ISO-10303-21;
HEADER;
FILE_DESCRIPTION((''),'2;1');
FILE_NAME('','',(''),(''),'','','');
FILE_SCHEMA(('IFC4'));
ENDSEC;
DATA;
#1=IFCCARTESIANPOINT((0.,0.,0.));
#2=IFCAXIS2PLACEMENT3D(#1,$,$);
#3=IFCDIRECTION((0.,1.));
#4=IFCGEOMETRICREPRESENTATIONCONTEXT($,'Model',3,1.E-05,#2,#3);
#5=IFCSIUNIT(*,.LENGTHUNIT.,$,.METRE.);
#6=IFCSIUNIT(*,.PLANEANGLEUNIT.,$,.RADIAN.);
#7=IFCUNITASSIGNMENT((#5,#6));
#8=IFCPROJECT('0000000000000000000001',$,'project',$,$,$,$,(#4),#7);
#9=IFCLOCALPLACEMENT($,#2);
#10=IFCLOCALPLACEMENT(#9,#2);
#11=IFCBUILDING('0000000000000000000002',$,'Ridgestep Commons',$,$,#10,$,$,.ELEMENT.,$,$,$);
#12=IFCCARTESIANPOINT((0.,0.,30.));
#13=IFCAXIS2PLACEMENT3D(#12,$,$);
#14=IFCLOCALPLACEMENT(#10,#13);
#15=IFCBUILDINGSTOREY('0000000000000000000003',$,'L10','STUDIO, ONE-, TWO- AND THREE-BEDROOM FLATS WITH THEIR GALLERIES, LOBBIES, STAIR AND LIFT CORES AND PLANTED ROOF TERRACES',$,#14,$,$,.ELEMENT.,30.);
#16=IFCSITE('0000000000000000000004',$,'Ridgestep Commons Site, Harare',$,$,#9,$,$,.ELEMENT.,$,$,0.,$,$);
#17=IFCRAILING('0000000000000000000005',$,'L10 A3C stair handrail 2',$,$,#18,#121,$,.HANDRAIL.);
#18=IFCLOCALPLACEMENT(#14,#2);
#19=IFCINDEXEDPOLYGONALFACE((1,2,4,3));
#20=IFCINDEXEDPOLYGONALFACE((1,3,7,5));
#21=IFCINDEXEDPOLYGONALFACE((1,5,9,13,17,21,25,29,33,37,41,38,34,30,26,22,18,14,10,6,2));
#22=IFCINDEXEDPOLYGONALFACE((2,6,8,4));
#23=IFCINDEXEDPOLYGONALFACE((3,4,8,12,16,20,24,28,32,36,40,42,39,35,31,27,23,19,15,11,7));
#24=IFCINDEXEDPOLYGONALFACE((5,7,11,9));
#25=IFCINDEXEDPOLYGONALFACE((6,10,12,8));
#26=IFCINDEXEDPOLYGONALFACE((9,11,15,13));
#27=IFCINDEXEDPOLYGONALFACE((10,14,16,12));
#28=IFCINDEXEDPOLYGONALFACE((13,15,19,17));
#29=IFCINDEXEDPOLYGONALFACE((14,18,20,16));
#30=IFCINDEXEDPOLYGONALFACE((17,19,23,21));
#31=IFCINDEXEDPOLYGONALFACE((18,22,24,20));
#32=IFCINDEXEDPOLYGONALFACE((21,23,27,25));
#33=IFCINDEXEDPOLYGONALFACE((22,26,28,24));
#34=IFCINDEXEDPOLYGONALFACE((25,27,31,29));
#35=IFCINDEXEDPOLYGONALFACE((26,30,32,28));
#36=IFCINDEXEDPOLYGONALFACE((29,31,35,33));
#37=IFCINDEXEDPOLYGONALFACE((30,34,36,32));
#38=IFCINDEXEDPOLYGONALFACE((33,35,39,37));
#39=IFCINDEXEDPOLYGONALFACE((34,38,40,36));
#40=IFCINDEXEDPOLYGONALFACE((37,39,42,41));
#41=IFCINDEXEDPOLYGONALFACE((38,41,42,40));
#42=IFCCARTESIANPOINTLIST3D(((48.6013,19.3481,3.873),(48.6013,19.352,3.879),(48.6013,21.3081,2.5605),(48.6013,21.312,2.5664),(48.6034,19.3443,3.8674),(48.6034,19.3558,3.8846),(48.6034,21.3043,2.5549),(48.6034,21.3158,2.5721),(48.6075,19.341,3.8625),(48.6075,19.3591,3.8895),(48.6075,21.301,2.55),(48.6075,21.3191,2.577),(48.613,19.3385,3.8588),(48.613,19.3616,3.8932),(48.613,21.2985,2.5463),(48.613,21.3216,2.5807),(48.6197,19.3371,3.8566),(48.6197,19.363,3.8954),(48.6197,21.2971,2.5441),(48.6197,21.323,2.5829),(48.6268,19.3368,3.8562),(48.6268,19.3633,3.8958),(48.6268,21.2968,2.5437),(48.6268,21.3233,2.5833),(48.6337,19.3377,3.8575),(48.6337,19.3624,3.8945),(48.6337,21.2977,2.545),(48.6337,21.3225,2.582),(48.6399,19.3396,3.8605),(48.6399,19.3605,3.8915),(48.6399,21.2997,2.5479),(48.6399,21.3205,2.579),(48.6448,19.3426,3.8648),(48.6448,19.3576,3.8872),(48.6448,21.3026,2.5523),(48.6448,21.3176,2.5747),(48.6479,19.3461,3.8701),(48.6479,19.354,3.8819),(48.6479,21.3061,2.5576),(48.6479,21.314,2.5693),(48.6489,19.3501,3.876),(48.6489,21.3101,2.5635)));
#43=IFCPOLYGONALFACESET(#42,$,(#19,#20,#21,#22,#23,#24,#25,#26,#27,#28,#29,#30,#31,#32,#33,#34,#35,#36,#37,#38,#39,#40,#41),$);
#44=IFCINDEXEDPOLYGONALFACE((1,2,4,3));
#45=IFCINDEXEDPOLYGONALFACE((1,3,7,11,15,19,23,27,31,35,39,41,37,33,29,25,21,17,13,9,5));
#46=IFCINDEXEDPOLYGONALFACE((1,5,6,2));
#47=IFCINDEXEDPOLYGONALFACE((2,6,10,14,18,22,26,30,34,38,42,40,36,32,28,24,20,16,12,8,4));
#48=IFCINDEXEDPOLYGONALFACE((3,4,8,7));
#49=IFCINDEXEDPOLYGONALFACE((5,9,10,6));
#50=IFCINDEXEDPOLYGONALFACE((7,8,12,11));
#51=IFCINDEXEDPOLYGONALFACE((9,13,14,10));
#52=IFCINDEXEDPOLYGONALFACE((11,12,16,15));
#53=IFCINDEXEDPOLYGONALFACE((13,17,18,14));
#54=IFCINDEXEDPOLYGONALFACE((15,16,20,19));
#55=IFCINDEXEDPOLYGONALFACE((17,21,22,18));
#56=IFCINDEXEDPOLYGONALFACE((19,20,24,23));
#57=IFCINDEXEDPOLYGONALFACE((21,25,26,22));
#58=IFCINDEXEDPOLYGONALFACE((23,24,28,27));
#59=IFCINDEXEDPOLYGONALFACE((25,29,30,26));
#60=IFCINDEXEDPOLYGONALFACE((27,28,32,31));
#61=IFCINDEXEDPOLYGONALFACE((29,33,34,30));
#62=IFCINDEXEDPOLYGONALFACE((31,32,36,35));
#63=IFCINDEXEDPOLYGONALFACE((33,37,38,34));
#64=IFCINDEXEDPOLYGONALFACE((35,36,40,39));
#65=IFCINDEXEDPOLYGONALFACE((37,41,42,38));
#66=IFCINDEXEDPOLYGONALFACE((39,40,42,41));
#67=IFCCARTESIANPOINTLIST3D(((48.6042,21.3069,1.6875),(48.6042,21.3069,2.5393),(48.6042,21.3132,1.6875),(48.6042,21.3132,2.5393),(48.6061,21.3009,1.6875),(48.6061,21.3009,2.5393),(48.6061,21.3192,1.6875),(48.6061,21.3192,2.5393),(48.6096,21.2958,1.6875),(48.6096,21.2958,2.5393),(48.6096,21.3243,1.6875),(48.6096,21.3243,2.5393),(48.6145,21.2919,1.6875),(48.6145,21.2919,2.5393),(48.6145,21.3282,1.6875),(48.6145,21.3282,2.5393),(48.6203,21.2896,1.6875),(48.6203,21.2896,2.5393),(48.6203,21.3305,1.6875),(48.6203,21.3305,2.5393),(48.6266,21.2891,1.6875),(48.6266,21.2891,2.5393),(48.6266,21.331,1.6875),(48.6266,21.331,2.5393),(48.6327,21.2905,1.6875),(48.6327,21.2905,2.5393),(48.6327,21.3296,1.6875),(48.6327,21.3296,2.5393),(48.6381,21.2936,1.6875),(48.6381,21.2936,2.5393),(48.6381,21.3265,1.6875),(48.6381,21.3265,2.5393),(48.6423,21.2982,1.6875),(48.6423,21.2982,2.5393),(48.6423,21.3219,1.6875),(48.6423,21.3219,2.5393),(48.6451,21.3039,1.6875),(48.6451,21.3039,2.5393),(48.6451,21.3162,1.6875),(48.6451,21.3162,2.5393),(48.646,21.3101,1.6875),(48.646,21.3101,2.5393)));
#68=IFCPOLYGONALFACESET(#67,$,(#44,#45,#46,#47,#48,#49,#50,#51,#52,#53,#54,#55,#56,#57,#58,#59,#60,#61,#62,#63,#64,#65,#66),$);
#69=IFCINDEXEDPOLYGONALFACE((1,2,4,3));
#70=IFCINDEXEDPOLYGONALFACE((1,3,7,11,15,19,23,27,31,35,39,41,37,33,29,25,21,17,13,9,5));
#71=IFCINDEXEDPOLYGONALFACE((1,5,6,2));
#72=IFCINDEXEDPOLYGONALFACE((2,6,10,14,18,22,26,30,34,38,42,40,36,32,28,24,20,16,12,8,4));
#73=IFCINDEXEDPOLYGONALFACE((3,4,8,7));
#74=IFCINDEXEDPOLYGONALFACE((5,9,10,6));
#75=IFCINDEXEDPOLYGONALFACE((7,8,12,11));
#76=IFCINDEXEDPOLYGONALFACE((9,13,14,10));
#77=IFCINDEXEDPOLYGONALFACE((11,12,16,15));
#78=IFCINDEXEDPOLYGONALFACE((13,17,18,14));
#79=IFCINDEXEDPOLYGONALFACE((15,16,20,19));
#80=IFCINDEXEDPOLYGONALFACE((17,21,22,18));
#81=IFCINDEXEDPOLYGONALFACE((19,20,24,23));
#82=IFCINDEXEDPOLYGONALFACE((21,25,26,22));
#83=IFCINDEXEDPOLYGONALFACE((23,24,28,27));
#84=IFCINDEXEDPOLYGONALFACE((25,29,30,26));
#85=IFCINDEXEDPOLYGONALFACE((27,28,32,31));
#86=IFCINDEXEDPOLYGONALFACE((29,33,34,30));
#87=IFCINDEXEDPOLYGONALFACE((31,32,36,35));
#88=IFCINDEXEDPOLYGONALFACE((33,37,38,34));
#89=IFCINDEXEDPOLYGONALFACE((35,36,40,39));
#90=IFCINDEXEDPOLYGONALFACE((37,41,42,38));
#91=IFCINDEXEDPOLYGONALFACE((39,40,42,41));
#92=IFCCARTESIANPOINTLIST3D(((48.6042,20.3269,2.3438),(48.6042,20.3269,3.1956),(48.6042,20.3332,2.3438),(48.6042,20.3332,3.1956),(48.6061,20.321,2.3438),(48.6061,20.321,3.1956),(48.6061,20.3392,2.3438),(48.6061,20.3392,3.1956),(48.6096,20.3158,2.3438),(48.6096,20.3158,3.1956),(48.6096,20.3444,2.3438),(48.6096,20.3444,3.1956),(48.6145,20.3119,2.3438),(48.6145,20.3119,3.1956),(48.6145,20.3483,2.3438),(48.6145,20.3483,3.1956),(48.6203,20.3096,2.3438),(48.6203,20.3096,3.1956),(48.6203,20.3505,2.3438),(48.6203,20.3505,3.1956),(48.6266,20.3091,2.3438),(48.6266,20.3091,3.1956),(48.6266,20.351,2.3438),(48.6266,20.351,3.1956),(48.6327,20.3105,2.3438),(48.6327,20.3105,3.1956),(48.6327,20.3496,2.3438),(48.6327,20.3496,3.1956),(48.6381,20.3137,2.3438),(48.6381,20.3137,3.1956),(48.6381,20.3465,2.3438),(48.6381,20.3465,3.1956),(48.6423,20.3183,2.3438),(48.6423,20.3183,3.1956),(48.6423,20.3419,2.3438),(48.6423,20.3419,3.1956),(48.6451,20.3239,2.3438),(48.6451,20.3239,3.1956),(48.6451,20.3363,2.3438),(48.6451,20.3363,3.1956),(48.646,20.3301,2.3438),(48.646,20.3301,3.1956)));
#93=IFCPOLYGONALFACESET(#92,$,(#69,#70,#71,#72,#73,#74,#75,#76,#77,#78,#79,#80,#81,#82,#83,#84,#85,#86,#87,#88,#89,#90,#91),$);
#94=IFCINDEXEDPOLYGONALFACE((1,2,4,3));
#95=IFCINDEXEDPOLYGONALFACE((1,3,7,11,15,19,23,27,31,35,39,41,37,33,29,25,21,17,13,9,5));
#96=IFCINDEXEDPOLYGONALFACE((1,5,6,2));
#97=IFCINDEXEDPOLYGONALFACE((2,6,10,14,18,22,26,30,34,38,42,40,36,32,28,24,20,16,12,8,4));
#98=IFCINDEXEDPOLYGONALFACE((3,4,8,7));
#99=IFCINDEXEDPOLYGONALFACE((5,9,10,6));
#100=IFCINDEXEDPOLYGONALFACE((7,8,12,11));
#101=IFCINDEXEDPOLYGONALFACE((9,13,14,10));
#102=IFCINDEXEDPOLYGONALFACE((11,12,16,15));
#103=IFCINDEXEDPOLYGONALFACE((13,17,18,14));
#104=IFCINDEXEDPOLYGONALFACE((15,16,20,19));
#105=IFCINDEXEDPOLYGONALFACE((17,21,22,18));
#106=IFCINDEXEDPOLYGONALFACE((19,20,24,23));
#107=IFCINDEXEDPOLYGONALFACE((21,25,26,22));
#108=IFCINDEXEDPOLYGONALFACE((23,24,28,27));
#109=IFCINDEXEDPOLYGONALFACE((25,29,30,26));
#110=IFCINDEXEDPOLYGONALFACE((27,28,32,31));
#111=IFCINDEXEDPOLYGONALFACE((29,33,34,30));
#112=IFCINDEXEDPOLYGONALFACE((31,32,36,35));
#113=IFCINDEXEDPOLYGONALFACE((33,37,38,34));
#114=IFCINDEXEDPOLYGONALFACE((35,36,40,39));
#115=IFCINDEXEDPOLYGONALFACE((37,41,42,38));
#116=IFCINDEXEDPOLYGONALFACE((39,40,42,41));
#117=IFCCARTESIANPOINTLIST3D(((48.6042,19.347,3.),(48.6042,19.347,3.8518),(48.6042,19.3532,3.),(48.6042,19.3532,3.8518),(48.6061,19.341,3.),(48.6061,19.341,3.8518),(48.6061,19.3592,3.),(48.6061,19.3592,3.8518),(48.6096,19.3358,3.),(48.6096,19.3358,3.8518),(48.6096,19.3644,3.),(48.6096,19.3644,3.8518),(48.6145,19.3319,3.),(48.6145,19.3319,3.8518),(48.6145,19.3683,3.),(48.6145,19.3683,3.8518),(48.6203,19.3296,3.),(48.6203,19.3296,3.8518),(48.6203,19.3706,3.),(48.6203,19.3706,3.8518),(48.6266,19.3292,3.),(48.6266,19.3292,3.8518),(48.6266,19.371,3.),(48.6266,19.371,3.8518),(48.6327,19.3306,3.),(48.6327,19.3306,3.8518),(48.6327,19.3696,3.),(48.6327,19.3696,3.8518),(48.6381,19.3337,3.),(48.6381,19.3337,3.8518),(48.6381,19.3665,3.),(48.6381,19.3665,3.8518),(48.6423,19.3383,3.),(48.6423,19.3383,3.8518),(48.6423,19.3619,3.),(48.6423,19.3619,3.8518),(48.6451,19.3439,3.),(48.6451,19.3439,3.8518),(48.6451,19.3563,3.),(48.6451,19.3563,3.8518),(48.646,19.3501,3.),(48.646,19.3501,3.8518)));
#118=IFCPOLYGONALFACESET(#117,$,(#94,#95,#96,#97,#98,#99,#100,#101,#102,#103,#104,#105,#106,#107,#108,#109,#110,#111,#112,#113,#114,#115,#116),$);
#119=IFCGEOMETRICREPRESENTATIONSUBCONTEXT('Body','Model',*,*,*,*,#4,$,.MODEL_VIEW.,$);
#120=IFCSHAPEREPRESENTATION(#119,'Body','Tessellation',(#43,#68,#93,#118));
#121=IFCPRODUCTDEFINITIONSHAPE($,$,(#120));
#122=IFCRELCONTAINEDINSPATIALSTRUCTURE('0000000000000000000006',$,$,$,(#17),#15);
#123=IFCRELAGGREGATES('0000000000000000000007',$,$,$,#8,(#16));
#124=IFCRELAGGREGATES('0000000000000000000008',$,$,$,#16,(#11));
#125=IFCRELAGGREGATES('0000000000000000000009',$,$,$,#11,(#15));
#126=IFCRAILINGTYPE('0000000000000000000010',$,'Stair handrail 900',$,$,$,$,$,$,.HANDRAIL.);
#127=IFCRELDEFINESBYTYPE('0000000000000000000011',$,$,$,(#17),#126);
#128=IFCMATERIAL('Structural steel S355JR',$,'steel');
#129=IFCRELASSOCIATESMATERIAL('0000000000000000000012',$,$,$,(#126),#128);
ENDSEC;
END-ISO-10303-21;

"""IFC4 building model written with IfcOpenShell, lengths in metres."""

from ifc_helpers import new_model, si_unit, direction, frame, origin, origin_2d, place, context, subcontext, project, spatial, circle, extrude, material, type_object, element, save


model = new_model("IFC4")

# Units and contexts
model_context = context("Model", 3, precision=1e-05, world=origin(), true_north=direction((0.0, 1.0)))
body_context = subcontext(model_context, "Body", "Model", "MODEL_VIEW")
ifc_project = project(units=[si_unit("LENGTHUNIT", "METRE"), si_unit("PLANEANGLEUNIT", "RADIAN")], contexts=[model_context])

# Site, building, storey
site_placement = place(None, origin())
site = spatial("IfcSite", under=ifc_project, at=site_placement, Name="Ridgestep Commons Site, Harare", CompositionType="ELEMENT", RefElevation=0.0)
building_placement = place(site_placement, origin())
building = spatial("IfcBuilding", under=site, at=building_placement, Name="Ridgestep Commons", CompositionType="ELEMENT")
storey_placement = place(building_placement, frame((0.0, 0.0, 30.0)))
storey = spatial("IfcBuildingStorey", under=building, at=storey_placement, Name="L10", Description="STUDIO, ONE-, TWO- AND THREE-BEDROOM FLATS WITH THEIR GALLERIES, LOBBIES, STAIR AND LIFT CORES AND PLANTED ROOF TERRACES", CompositionType="ELEMENT", Elevation=30.0)

# Railing
ifc_material_1 = material(Name="Structural steel S355JR", Category="steel")
railing_type_1 = type_object("IfcRailingType", Name="Stair handrail 900", PredefinedType="HANDRAIL", material=ifc_material_1)
railing_1_placement = place(storey_placement, frame((48.625, 21.3101, 1.6875)))
element("IfcRailing", 1, at=railing_1_placement, inside=storey, type_object=railing_type_1, Name="L10 A3C stair handrail 2", PredefinedType="HANDRAIL", context=body_context, shape_type="SweptSolid", body=[
    extrude(circle(Radius=0.0239, at=origin_2d()), frame((0.0, 0.0, 0.876), z_axis=(0.0, -0.830902, 0.556419), x_axis=(1.0, 0.0, 0.0)), (0.0, 0.0, 1.0), 2.3589),
    extrude(circle(Radius=0.021, at=origin_2d()), origin(), (0.0, 0.0, 1.0), 0.8518),
    extrude(circle(Radius=0.021, at=origin_2d()), frame((0.0, -0.98, 0.6562)), (0.0, 0.0, 1.0), 0.8518),
    extrude(circle(Radius=0.021, at=origin_2d()), frame((0.0, -1.96, 1.3125)), (0.0, 0.0, 1.0), 0.8518),
])

save(model, "model.ifc")
